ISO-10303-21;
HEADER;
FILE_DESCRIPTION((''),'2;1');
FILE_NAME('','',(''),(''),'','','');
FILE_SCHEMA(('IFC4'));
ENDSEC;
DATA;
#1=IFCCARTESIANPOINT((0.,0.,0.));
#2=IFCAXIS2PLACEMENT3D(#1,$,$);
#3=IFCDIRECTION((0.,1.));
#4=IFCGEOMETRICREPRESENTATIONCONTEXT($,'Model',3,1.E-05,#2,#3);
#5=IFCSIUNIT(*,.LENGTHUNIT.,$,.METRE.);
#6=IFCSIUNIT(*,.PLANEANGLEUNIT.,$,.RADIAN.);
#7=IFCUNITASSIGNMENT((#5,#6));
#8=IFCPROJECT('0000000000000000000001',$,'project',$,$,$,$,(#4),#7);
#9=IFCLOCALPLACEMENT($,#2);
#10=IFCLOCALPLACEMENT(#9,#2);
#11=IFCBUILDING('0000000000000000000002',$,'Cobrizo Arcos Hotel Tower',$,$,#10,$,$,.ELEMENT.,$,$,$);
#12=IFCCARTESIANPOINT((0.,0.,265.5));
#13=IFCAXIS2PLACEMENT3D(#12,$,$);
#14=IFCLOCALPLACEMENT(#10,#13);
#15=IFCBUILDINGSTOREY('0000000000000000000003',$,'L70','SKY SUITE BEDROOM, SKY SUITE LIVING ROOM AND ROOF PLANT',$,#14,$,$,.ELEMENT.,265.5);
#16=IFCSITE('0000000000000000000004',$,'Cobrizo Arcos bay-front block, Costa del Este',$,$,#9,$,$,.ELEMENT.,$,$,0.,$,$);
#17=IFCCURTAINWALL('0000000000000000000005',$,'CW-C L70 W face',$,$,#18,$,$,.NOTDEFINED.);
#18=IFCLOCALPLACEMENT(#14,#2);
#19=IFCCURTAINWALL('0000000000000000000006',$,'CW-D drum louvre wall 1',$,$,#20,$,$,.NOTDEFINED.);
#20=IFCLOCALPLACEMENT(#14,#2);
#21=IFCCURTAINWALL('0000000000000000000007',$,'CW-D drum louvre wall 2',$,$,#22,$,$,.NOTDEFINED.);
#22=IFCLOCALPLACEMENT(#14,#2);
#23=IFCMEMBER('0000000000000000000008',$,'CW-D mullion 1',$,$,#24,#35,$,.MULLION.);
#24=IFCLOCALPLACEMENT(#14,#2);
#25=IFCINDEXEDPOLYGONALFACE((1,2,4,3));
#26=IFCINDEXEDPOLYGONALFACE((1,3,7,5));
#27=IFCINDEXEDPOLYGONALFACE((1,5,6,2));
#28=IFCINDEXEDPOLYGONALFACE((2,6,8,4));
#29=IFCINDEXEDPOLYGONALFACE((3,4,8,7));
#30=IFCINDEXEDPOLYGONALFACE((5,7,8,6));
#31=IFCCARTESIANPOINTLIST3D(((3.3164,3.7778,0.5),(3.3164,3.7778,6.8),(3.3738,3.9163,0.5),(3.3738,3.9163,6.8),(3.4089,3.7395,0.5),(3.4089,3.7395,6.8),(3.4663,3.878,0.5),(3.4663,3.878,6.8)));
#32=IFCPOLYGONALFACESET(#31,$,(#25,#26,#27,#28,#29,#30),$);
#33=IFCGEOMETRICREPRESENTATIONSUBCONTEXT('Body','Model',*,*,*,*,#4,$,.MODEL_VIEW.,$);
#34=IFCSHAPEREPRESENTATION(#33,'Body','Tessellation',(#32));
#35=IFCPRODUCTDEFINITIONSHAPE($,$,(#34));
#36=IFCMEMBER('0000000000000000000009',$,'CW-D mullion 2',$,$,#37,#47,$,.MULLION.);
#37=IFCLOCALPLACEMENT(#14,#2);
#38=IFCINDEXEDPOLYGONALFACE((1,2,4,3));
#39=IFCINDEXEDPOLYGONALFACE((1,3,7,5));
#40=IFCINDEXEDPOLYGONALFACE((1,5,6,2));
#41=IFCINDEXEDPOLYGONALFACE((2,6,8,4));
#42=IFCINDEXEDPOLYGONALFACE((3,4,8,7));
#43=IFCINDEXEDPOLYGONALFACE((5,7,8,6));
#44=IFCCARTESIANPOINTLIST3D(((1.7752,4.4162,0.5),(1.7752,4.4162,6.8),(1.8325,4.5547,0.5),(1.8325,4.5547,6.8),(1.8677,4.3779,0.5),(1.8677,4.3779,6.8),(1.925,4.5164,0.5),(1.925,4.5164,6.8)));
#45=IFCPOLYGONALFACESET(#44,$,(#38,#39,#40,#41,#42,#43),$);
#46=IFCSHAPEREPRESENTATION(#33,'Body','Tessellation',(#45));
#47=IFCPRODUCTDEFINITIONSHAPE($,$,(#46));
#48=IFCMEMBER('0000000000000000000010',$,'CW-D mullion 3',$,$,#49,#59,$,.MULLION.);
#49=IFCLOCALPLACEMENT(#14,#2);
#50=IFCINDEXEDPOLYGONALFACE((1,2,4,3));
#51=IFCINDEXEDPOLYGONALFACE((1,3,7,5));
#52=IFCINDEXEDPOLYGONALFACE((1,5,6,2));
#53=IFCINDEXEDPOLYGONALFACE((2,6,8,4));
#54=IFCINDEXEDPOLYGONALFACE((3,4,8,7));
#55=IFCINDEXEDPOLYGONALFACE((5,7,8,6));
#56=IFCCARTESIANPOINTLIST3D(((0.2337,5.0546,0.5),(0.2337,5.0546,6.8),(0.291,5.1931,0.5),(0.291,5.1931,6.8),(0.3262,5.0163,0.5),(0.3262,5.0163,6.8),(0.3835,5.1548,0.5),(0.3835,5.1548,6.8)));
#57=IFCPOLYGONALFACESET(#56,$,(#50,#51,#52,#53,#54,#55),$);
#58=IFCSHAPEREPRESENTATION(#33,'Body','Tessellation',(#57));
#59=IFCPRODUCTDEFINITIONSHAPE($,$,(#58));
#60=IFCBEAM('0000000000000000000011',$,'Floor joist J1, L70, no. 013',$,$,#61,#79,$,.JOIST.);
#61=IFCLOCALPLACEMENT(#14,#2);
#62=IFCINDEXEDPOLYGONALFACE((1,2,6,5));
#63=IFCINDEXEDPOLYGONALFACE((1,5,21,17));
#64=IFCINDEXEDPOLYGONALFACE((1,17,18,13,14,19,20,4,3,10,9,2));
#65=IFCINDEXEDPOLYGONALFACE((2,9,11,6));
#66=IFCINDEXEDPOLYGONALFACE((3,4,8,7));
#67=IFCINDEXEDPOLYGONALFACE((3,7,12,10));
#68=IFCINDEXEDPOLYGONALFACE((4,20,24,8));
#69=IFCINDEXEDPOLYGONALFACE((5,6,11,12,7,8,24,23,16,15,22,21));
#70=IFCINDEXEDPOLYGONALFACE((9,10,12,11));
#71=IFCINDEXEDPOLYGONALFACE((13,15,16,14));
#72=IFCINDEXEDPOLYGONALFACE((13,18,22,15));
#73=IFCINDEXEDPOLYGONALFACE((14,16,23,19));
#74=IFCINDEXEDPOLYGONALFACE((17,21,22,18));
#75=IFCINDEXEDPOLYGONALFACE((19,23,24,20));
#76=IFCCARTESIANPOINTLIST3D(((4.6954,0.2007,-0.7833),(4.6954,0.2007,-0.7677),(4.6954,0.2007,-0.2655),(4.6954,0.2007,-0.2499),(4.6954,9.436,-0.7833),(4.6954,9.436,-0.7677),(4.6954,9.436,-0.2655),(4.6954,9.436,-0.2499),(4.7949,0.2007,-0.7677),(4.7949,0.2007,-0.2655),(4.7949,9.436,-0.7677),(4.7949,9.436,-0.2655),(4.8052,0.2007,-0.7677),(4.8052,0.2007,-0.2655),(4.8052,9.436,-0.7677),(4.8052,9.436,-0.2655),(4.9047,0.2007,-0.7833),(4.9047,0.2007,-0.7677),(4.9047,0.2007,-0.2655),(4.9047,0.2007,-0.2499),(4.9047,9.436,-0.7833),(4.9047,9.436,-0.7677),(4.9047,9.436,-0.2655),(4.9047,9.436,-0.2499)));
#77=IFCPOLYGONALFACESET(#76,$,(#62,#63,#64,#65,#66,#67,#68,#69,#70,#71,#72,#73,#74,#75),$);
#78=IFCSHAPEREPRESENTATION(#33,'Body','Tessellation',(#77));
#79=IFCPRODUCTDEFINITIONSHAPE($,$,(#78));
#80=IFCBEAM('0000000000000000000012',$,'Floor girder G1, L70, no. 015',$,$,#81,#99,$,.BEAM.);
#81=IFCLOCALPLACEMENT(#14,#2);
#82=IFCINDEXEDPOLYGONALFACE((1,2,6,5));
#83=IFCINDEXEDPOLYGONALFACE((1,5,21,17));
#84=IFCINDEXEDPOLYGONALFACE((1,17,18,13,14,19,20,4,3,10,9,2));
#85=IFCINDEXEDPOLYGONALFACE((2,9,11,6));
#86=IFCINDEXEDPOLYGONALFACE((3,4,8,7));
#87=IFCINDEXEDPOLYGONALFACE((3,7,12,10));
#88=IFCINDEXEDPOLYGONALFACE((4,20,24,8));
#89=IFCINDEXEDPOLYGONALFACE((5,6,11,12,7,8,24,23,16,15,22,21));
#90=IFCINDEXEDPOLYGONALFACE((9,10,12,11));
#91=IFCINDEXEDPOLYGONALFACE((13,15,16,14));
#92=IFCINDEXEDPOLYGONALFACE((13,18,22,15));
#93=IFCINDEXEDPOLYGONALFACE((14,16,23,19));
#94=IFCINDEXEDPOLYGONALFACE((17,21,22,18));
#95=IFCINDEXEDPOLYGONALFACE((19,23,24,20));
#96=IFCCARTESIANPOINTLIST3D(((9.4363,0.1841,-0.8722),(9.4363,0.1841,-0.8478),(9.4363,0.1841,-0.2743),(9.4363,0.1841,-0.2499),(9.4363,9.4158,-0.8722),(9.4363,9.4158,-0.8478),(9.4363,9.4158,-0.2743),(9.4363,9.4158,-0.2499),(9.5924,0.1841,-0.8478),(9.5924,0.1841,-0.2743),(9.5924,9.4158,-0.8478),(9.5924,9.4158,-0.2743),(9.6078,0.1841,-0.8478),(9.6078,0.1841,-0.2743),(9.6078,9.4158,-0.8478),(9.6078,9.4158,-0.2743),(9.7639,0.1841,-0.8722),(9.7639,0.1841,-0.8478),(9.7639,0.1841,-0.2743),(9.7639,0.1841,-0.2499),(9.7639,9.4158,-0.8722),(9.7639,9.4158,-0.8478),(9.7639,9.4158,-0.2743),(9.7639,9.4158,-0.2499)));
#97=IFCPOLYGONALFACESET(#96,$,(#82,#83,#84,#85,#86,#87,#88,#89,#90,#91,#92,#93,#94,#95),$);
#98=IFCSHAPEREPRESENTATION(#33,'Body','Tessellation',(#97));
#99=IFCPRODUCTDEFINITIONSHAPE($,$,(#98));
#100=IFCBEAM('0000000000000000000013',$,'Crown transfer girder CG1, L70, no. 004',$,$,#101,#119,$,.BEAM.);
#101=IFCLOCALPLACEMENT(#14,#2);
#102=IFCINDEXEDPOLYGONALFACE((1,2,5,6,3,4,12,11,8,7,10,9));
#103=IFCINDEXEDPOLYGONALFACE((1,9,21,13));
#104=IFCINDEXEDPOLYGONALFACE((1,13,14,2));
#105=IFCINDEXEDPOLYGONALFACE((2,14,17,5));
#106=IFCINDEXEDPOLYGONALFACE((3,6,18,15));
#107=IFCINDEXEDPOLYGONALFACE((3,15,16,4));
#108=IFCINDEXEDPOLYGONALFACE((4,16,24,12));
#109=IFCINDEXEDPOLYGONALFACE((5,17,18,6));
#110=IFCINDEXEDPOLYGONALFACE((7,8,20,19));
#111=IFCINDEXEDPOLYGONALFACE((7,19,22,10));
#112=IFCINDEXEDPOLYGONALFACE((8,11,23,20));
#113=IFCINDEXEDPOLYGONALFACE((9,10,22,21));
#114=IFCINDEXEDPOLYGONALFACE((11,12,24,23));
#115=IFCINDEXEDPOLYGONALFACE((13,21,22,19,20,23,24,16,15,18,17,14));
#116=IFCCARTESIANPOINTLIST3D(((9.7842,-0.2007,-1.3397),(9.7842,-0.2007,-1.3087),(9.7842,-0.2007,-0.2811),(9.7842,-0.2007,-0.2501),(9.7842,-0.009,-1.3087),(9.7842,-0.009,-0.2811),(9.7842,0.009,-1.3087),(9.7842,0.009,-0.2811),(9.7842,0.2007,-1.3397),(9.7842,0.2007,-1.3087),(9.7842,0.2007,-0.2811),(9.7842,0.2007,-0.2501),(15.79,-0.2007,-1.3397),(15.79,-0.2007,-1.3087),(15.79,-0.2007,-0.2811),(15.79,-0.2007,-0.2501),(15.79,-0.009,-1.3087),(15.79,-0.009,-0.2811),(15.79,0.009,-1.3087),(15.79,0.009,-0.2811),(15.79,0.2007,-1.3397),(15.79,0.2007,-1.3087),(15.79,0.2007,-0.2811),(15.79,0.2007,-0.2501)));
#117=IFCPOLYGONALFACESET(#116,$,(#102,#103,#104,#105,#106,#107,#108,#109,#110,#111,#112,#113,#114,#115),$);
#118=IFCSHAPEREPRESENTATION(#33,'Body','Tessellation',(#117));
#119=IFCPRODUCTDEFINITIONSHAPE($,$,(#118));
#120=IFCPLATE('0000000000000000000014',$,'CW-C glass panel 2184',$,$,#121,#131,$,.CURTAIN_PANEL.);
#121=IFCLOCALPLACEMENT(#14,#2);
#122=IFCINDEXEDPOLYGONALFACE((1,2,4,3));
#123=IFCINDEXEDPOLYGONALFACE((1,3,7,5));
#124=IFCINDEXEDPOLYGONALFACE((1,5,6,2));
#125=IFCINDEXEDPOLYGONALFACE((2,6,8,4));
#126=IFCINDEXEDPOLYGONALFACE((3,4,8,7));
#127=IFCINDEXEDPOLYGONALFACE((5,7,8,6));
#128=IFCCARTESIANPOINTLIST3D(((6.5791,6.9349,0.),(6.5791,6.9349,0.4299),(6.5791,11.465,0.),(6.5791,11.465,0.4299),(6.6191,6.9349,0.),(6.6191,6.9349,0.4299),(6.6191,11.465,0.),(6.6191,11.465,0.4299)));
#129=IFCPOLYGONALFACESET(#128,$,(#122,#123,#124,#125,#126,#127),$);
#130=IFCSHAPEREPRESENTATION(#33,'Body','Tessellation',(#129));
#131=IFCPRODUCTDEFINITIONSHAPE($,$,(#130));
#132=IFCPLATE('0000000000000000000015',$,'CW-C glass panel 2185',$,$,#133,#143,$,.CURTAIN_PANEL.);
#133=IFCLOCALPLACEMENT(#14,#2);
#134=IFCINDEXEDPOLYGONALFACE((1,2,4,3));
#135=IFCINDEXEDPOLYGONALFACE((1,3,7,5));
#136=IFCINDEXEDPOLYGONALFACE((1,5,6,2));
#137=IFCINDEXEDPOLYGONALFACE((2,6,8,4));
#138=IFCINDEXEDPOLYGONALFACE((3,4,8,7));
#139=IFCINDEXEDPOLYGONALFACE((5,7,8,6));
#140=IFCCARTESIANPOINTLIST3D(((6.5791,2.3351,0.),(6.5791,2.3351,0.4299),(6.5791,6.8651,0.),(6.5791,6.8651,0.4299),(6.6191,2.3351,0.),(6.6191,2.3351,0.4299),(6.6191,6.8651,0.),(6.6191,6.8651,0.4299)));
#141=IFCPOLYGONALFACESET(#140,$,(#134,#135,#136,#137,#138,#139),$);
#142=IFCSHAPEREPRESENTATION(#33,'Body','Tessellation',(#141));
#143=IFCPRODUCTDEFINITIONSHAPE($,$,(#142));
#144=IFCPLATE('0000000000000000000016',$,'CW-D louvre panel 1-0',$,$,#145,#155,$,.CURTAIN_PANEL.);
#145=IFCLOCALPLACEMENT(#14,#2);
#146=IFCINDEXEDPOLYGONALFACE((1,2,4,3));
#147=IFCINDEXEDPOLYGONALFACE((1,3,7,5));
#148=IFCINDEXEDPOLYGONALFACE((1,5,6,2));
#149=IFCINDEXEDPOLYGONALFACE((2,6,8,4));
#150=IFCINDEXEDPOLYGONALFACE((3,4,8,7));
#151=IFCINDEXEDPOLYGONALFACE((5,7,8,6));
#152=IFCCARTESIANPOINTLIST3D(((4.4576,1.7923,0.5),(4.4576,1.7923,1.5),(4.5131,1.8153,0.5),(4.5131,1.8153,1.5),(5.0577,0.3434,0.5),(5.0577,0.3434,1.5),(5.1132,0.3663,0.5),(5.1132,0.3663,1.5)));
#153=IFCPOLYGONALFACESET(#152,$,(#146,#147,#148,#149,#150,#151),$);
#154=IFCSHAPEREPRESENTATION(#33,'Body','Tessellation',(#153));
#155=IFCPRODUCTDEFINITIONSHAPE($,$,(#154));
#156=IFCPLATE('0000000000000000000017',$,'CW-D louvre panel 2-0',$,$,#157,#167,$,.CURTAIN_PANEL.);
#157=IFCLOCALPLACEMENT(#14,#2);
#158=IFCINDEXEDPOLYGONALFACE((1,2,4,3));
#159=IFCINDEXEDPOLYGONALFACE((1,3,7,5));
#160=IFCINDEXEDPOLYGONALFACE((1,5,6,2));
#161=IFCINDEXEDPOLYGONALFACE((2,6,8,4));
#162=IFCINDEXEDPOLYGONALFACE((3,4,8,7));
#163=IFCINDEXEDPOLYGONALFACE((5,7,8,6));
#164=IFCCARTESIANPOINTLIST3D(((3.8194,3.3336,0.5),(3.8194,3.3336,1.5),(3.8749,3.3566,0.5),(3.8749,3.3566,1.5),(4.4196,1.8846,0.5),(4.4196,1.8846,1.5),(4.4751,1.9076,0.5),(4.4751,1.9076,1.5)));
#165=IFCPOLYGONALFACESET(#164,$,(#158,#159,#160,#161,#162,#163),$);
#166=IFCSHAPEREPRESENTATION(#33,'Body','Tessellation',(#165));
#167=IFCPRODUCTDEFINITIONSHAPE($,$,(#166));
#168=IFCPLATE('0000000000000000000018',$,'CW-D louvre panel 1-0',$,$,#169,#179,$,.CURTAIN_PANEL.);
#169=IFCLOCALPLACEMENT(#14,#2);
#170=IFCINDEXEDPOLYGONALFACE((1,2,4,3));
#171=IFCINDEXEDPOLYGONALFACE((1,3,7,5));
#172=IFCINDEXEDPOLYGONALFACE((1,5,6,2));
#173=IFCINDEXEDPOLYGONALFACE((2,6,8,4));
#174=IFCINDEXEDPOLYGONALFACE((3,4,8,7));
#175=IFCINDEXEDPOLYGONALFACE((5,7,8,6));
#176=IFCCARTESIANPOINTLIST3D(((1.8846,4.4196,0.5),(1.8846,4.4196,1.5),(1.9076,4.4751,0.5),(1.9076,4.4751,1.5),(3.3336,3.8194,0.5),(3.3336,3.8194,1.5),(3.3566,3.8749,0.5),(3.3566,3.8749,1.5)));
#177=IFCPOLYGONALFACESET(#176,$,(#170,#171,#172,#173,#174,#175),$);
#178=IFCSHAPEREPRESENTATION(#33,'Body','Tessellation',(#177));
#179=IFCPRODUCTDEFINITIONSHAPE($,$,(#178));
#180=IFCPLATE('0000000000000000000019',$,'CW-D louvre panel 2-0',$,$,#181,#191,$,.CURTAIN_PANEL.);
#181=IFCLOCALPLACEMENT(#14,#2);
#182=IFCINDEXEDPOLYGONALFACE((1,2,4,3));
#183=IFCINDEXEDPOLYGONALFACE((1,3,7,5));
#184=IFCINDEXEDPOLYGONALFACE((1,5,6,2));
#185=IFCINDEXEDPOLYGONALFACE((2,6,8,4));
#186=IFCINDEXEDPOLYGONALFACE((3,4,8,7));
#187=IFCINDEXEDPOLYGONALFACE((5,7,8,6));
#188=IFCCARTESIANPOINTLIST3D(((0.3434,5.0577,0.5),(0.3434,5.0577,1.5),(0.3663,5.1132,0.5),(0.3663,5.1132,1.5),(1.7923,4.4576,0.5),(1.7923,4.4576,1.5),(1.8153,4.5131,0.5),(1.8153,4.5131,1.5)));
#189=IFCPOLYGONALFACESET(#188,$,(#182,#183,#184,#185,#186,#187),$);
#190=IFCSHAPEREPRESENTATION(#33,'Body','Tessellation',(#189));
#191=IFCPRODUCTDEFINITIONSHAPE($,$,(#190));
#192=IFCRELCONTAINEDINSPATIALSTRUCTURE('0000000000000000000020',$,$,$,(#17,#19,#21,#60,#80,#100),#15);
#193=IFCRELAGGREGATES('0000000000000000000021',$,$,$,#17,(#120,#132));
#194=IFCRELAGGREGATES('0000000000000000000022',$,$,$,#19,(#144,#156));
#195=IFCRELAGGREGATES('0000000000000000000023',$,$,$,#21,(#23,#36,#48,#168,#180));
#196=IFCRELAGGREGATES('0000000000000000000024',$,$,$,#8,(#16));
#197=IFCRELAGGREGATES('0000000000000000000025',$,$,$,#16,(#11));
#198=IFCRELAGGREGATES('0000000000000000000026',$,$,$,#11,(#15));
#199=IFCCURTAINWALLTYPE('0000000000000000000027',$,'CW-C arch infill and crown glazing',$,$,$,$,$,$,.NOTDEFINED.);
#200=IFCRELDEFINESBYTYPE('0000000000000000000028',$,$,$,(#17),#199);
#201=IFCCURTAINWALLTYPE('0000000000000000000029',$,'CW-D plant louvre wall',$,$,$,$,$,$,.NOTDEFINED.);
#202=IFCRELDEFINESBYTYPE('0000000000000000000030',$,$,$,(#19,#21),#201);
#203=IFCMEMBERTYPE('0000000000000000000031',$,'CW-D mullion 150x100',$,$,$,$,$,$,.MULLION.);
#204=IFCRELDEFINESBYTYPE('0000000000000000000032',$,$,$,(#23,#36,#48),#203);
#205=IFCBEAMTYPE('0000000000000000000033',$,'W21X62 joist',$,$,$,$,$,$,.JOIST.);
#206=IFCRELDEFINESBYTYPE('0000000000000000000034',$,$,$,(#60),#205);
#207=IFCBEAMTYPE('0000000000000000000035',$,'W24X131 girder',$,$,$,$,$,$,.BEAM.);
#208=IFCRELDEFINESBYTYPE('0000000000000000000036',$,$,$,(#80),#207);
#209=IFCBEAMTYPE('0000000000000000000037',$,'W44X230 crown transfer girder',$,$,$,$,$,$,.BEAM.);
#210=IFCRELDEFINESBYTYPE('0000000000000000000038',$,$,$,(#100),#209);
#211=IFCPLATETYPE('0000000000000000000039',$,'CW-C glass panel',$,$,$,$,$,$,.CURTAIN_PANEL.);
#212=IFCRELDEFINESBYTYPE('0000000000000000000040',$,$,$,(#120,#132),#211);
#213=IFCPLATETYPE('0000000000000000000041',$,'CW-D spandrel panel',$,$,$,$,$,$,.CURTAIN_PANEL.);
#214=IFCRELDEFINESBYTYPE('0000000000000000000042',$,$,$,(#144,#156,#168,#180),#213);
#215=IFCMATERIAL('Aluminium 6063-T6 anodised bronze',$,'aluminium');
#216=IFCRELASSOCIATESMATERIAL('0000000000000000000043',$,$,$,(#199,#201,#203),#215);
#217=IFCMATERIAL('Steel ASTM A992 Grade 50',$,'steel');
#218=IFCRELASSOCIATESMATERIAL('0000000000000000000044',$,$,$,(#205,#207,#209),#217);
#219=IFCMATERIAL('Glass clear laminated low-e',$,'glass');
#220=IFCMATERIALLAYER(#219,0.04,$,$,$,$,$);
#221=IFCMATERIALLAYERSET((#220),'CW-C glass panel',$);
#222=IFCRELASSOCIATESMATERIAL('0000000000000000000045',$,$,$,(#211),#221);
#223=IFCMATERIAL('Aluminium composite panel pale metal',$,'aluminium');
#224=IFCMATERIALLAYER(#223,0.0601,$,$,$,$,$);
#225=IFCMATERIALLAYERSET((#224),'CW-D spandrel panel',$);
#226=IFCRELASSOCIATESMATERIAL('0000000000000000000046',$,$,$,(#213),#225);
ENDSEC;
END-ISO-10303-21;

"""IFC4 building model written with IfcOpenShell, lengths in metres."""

from ifc_helpers import new_model, si_unit, direction, frame, origin, origin_2d, place, context, subcontext, project, spatial, rectangle, i_section, extrude, material, layer, layer_set, material_profile, profile_set, type_object, element, aggregate, save


model = new_model("IFC4")

# Units and contexts
model_context = context("Model", 3, precision=1e-05, world=origin(), true_north=direction((0.0, 1.0)))
body_context = subcontext(model_context, "Body", "Model", "MODEL_VIEW")
ifc_project = project(units=[si_unit("LENGTHUNIT", "METRE"), si_unit("PLANEANGLEUNIT", "RADIAN")], contexts=[model_context])

# Site, building, storey
site_placement = place(None, origin())
site = spatial("IfcSite", under=ifc_project, at=site_placement, Name="Cobrizo Arcos bay-front block, Costa del Este", CompositionType="ELEMENT", RefElevation=0.0)
building_placement = place(site_placement, origin())
building = spatial("IfcBuilding", under=site, at=building_placement, Name="Cobrizo Arcos Hotel Tower", CompositionType="ELEMENT")
storey_placement = place(building_placement, frame((0.0, 0.0, 265.5)))
storey = spatial("IfcBuildingStorey", under=building, at=storey_placement, Name="L70", Description="SKY SUITE BEDROOM, SKY SUITE LIVING ROOM AND ROOF PLANT", CompositionType="ELEMENT", Elevation=265.5)

# Curtain walls, members
ifc_material_1 = material(Name="Aluminium 6063-T6 anodised bronze", Category="aluminium")
curtain_wall_type_1 = type_object("IfcCurtainWallType", Name="CW-C arch infill and crown glazing", PredefinedType="NOTDEFINED", material=ifc_material_1)
curtain_wall_1_placement = place(storey_placement, origin())
curtain_wall_1 = element("IfcCurtainWall", 1, at=curtain_wall_1_placement, inside=storey, type_object=curtain_wall_type_1, Name="CW-C L70 W face", PredefinedType="NOTDEFINED")
curtain_wall_type_2 = type_object("IfcCurtainWallType", Name="CW-D plant louvre wall", PredefinedType="NOTDEFINED", material=ifc_material_1)
curtain_wall_2_placement = place(storey_placement, origin())
curtain_wall_2 = element("IfcCurtainWall", 2, at=curtain_wall_2_placement, inside=storey, type_object=curtain_wall_type_2, Name="CW-D drum louvre wall 1", PredefinedType="NOTDEFINED")
ifc_material_profile_1 = material_profile(ifc_material_1, rectangle(XDim=0.1499, YDim=0.1001, at=origin_2d()), Name="CW-D mullion 150x100")
ifc_profile_set_1 = profile_set([ifc_material_profile_1], Name="Aluminium 6063-T6 anodised bronze")
member_type_1 = type_object("IfcMemberType", Name="CW-D mullion 150x100", PredefinedType="MULLION", material=ifc_profile_set_1)
curtain_wall_3_placement = place(storey_placement, origin())
curtain_wall_3 = element("IfcCurtainWall", 3, at=curtain_wall_3_placement, inside=storey, type_object=curtain_wall_type_2, Name="CW-D drum louvre wall 2", PredefinedType="NOTDEFINED")
member_1_placement = place(storey_placement, frame((3.3914, 3.8279, 0.5), z_axis=(0.0, 0.0, 1.0), x_axis=(0.382683, 0.92388, 0.0)))
member_1 = element("IfcMember", 4, at=member_1_placement, type_object=member_type_1, Name="CW-D mullion 1", PredefinedType="MULLION", context=body_context, shape_type="SweptSolid", body=[
    extrude(rectangle(XDim=0.1499, YDim=0.1001, at=origin_2d()), origin(), (0.0, 0.0, 1.0), 6.3),
])
member_2_placement = place(storey_placement, frame((1.8501, 4.4663, 0.5), z_axis=(0.0, 0.0, 1.0), x_axis=(0.382683, 0.92388, 0.0)))
member_2 = element("IfcMember", 5, at=member_2_placement, type_object=member_type_1, Name="CW-D mullion 2", PredefinedType="MULLION", context=body_context, shape_type="SweptSolid", body=[
    extrude(rectangle(XDim=0.1499, YDim=0.1001, at=origin_2d()), origin(), (0.0, 0.0, 1.0), 6.3),
])
member_3_placement = place(storey_placement, frame((0.3086, 5.1047, 0.5), z_axis=(0.0, 0.0, 1.0), x_axis=(0.382683, 0.92388, 0.0)))
member_3 = element("IfcMember", 6, at=member_3_placement, type_object=member_type_1, Name="CW-D mullion 3", PredefinedType="MULLION", context=body_context, shape_type="SweptSolid", body=[
    extrude(rectangle(XDim=0.1499, YDim=0.1001, at=origin_2d()), origin(), (0.0, 0.0, 1.0), 6.3),
])

# Beams
ifc_material_2 = material(Name="Steel ASTM A992 Grade 50", Category="steel")
ifc_material_profile_2 = material_profile(ifc_material_2, i_section(OverallWidth=0.2092, OverallDepth=0.5334, WebThickness=0.0103, FlangeThickness=0.0156, at=origin_2d()), Name="W21X62")
ifc_profile_set_2 = profile_set([ifc_material_profile_2], Name="Steel ASTM A992 Grade 50")
beam_type_1 = type_object("IfcBeamType", Name="W21X62 joist", PredefinedType="JOIST", material=ifc_profile_set_2)
beam_1_placement = place(storey_placement, frame((4.8, 0.2007, -0.5166), z_axis=(0.0, 1.0, 0.0), x_axis=(-1.0, 0.0, 0.0)))
element("IfcBeam", 7, at=beam_1_placement, inside=storey, type_object=beam_type_1, Name="Floor joist J1, L70, no. 013", PredefinedType="JOIST", context=body_context, shape_type="SweptSolid", body=[
    extrude(i_section(OverallWidth=0.2092, OverallDepth=0.5334, WebThickness=0.0103, FlangeThickness=0.0156, at=origin_2d()), origin(), (0.0, 0.0, 1.0), 9.2354),
])
ifc_material_profile_3 = material_profile(ifc_material_2, i_section(OverallWidth=0.3276, OverallDepth=0.6223, WebThickness=0.0154, FlangeThickness=0.0244, at=origin_2d()), Name="W24X131")
ifc_profile_set_3 = profile_set([ifc_material_profile_3], Name="Steel ASTM A992 Grade 50")
beam_type_2 = type_object("IfcBeamType", Name="W24X131 girder", PredefinedType="BEAM", material=ifc_profile_set_3)
beam_2_placement = place(storey_placement, frame((9.6001, 0.1841, -0.561), z_axis=(0.0, 1.0, 0.0), x_axis=(-1.0, 0.0, 0.0)))
element("IfcBeam", 8, at=beam_2_placement, inside=storey, type_object=beam_type_2, Name="Floor girder G1, L70, no. 015", PredefinedType="BEAM", context=body_context, shape_type="SweptSolid", body=[
    extrude(i_section(OverallWidth=0.3276, OverallDepth=0.6223, WebThickness=0.0154, FlangeThickness=0.0244, at=origin_2d()), origin(), (0.0, 0.0, 1.0), 9.2317),
])
ifc_material_profile_4 = material_profile(ifc_material_2, i_section(OverallWidth=0.4014, OverallDepth=1.0896, WebThickness=0.0181, FlangeThickness=0.031, at=origin_2d()), Name="W44X230")
ifc_profile_set_4 = profile_set([ifc_material_profile_4], Name="Steel ASTM A992 Grade 50")
beam_type_3 = type_object("IfcBeamType", Name="W44X230 crown transfer girder", PredefinedType="BEAM", material=ifc_profile_set_4)
beam_3_placement = place(storey_placement, frame((9.7842, 0.0, -0.7949), z_axis=(1.0, 0.0, 0.0), x_axis=(0.0, 1.0, 0.0)))
element("IfcBeam", 9, at=beam_3_placement, inside=storey, type_object=beam_type_3, Name="Crown transfer girder CG1, L70, no. 004", PredefinedType="BEAM", context=body_context, shape_type="SweptSolid", body=[
    extrude(i_section(OverallWidth=0.4014, OverallDepth=1.0896, WebThickness=0.0181, FlangeThickness=0.031, at=origin_2d()), origin(), (0.0, 0.0, 1.0), 6.0059),
])

# Plates
ifc_material_3 = material(Name="Glass clear laminated low-e", Category="glass")
ifc_layer_1 = layer(ifc_material_3, 0.04)
ifc_layer_set_1 = layer_set([ifc_layer_1], Name="CW-C glass panel")
plate_type_1 = type_object("IfcPlateType", Name="CW-C glass panel", PredefinedType="CURTAIN_PANEL", material=ifc_layer_set_1)
plate_1_placement = place(storey_placement, frame((6.5991, 9.2, 0.0), z_axis=(0.0, 0.0, 1.0), x_axis=(0.0, -1.0, 0.0)))
plate_1 = element("IfcPlate", 10, at=plate_1_placement, type_object=plate_type_1, Name="CW-C glass panel 2184", PredefinedType="CURTAIN_PANEL", context=body_context, shape_type="SweptSolid", body=[
    extrude(rectangle(XDim=4.53, YDim=0.04, at=origin_2d()), origin(), (0.0, 0.0, 1.0), 0.4299),
])
plate_2_placement = place(storey_placement, frame((6.5991, 4.6001, 0.0), z_axis=(0.0, 0.0, 1.0), x_axis=(0.0, -1.0, 0.0)))
plate_2 = element("IfcPlate", 11, at=plate_2_placement, type_object=plate_type_1, Name="CW-C glass panel 2185", PredefinedType="CURTAIN_PANEL", context=body_context, shape_type="SweptSolid", body=[
    extrude(rectangle(XDim=4.53, YDim=0.04, at=origin_2d()), origin(), (0.0, 0.0, 1.0), 0.4299),
])
aggregate(curtain_wall_1, [plate_1, plate_2])
ifc_material_4 = material(Name="Aluminium composite panel pale metal", Category="aluminium")
ifc_layer_2 = layer(ifc_material_4, 0.0601)
ifc_layer_set_2 = layer_set([ifc_layer_2], Name="CW-D spandrel panel")
plate_type_2 = type_object("IfcPlateType", Name="CW-D spandrel panel", PredefinedType="CURTAIN_PANEL", material=ifc_layer_set_2)
plate_3_placement = place(storey_placement, frame((4.7854, 1.0793, 0.5), z_axis=(0.0, 0.0, 1.0), x_axis=(-0.382683, 0.92388, 0.0)))
plate_3 = element("IfcPlate", 12, at=plate_3_placement, type_object=plate_type_2, Name="CW-D louvre panel 1-0", PredefinedType="CURTAIN_PANEL", context=body_context, shape_type="SweptSolid", body=[
    extrude(rectangle(XDim=1.5684, YDim=0.0601, at=origin_2d()), origin(), (0.0, 0.0, 1.0), 1.0),
])
plate_4_placement = place(storey_placement, frame((4.1472, 2.6206, 0.5), z_axis=(0.0, 0.0, 1.0), x_axis=(-0.382683, 0.92388, 0.0)))
plate_4 = element("IfcPlate", 13, at=plate_4_placement, type_object=plate_type_2, Name="CW-D louvre panel 2-0", PredefinedType="CURTAIN_PANEL", context=body_context, shape_type="SweptSolid", body=[
    extrude(rectangle(XDim=1.5684, YDim=0.0601, at=origin_2d()), origin(), (0.0, 0.0, 1.0), 1.0),
])
aggregate(curtain_wall_2, [plate_3, plate_4])
plate_5_placement = place(storey_placement, frame((2.6206, 4.1472, 0.5), z_axis=(0.0, 0.0, 1.0), x_axis=(-0.92388, 0.382683, 0.0)))
plate_5 = element("IfcPlate", 14, at=plate_5_placement, type_object=plate_type_2, Name="CW-D louvre panel 1-0", PredefinedType="CURTAIN_PANEL", context=body_context, shape_type="SweptSolid", body=[
    extrude(rectangle(XDim=1.5684, YDim=0.0601, at=origin_2d()), origin(), (0.0, 0.0, 1.0), 1.0),
])
plate_6_placement = place(storey_placement, frame((1.0793, 4.7854, 0.5), z_axis=(0.0, 0.0, 1.0), x_axis=(-0.92388, 0.382683, 0.0)))
plate_6 = element("IfcPlate", 15, at=plate_6_placement, type_object=plate_type_2, Name="CW-D louvre panel 2-0", PredefinedType="CURTAIN_PANEL", context=body_context, shape_type="SweptSolid", body=[
    extrude(rectangle(XDim=1.5684, YDim=0.0601, at=origin_2d()), origin(), (0.0, 0.0, 1.0), 1.0),
])
aggregate(curtain_wall_3, [member_1, member_2, member_3, plate_5, plate_6])

save(model, "model.ifc")
